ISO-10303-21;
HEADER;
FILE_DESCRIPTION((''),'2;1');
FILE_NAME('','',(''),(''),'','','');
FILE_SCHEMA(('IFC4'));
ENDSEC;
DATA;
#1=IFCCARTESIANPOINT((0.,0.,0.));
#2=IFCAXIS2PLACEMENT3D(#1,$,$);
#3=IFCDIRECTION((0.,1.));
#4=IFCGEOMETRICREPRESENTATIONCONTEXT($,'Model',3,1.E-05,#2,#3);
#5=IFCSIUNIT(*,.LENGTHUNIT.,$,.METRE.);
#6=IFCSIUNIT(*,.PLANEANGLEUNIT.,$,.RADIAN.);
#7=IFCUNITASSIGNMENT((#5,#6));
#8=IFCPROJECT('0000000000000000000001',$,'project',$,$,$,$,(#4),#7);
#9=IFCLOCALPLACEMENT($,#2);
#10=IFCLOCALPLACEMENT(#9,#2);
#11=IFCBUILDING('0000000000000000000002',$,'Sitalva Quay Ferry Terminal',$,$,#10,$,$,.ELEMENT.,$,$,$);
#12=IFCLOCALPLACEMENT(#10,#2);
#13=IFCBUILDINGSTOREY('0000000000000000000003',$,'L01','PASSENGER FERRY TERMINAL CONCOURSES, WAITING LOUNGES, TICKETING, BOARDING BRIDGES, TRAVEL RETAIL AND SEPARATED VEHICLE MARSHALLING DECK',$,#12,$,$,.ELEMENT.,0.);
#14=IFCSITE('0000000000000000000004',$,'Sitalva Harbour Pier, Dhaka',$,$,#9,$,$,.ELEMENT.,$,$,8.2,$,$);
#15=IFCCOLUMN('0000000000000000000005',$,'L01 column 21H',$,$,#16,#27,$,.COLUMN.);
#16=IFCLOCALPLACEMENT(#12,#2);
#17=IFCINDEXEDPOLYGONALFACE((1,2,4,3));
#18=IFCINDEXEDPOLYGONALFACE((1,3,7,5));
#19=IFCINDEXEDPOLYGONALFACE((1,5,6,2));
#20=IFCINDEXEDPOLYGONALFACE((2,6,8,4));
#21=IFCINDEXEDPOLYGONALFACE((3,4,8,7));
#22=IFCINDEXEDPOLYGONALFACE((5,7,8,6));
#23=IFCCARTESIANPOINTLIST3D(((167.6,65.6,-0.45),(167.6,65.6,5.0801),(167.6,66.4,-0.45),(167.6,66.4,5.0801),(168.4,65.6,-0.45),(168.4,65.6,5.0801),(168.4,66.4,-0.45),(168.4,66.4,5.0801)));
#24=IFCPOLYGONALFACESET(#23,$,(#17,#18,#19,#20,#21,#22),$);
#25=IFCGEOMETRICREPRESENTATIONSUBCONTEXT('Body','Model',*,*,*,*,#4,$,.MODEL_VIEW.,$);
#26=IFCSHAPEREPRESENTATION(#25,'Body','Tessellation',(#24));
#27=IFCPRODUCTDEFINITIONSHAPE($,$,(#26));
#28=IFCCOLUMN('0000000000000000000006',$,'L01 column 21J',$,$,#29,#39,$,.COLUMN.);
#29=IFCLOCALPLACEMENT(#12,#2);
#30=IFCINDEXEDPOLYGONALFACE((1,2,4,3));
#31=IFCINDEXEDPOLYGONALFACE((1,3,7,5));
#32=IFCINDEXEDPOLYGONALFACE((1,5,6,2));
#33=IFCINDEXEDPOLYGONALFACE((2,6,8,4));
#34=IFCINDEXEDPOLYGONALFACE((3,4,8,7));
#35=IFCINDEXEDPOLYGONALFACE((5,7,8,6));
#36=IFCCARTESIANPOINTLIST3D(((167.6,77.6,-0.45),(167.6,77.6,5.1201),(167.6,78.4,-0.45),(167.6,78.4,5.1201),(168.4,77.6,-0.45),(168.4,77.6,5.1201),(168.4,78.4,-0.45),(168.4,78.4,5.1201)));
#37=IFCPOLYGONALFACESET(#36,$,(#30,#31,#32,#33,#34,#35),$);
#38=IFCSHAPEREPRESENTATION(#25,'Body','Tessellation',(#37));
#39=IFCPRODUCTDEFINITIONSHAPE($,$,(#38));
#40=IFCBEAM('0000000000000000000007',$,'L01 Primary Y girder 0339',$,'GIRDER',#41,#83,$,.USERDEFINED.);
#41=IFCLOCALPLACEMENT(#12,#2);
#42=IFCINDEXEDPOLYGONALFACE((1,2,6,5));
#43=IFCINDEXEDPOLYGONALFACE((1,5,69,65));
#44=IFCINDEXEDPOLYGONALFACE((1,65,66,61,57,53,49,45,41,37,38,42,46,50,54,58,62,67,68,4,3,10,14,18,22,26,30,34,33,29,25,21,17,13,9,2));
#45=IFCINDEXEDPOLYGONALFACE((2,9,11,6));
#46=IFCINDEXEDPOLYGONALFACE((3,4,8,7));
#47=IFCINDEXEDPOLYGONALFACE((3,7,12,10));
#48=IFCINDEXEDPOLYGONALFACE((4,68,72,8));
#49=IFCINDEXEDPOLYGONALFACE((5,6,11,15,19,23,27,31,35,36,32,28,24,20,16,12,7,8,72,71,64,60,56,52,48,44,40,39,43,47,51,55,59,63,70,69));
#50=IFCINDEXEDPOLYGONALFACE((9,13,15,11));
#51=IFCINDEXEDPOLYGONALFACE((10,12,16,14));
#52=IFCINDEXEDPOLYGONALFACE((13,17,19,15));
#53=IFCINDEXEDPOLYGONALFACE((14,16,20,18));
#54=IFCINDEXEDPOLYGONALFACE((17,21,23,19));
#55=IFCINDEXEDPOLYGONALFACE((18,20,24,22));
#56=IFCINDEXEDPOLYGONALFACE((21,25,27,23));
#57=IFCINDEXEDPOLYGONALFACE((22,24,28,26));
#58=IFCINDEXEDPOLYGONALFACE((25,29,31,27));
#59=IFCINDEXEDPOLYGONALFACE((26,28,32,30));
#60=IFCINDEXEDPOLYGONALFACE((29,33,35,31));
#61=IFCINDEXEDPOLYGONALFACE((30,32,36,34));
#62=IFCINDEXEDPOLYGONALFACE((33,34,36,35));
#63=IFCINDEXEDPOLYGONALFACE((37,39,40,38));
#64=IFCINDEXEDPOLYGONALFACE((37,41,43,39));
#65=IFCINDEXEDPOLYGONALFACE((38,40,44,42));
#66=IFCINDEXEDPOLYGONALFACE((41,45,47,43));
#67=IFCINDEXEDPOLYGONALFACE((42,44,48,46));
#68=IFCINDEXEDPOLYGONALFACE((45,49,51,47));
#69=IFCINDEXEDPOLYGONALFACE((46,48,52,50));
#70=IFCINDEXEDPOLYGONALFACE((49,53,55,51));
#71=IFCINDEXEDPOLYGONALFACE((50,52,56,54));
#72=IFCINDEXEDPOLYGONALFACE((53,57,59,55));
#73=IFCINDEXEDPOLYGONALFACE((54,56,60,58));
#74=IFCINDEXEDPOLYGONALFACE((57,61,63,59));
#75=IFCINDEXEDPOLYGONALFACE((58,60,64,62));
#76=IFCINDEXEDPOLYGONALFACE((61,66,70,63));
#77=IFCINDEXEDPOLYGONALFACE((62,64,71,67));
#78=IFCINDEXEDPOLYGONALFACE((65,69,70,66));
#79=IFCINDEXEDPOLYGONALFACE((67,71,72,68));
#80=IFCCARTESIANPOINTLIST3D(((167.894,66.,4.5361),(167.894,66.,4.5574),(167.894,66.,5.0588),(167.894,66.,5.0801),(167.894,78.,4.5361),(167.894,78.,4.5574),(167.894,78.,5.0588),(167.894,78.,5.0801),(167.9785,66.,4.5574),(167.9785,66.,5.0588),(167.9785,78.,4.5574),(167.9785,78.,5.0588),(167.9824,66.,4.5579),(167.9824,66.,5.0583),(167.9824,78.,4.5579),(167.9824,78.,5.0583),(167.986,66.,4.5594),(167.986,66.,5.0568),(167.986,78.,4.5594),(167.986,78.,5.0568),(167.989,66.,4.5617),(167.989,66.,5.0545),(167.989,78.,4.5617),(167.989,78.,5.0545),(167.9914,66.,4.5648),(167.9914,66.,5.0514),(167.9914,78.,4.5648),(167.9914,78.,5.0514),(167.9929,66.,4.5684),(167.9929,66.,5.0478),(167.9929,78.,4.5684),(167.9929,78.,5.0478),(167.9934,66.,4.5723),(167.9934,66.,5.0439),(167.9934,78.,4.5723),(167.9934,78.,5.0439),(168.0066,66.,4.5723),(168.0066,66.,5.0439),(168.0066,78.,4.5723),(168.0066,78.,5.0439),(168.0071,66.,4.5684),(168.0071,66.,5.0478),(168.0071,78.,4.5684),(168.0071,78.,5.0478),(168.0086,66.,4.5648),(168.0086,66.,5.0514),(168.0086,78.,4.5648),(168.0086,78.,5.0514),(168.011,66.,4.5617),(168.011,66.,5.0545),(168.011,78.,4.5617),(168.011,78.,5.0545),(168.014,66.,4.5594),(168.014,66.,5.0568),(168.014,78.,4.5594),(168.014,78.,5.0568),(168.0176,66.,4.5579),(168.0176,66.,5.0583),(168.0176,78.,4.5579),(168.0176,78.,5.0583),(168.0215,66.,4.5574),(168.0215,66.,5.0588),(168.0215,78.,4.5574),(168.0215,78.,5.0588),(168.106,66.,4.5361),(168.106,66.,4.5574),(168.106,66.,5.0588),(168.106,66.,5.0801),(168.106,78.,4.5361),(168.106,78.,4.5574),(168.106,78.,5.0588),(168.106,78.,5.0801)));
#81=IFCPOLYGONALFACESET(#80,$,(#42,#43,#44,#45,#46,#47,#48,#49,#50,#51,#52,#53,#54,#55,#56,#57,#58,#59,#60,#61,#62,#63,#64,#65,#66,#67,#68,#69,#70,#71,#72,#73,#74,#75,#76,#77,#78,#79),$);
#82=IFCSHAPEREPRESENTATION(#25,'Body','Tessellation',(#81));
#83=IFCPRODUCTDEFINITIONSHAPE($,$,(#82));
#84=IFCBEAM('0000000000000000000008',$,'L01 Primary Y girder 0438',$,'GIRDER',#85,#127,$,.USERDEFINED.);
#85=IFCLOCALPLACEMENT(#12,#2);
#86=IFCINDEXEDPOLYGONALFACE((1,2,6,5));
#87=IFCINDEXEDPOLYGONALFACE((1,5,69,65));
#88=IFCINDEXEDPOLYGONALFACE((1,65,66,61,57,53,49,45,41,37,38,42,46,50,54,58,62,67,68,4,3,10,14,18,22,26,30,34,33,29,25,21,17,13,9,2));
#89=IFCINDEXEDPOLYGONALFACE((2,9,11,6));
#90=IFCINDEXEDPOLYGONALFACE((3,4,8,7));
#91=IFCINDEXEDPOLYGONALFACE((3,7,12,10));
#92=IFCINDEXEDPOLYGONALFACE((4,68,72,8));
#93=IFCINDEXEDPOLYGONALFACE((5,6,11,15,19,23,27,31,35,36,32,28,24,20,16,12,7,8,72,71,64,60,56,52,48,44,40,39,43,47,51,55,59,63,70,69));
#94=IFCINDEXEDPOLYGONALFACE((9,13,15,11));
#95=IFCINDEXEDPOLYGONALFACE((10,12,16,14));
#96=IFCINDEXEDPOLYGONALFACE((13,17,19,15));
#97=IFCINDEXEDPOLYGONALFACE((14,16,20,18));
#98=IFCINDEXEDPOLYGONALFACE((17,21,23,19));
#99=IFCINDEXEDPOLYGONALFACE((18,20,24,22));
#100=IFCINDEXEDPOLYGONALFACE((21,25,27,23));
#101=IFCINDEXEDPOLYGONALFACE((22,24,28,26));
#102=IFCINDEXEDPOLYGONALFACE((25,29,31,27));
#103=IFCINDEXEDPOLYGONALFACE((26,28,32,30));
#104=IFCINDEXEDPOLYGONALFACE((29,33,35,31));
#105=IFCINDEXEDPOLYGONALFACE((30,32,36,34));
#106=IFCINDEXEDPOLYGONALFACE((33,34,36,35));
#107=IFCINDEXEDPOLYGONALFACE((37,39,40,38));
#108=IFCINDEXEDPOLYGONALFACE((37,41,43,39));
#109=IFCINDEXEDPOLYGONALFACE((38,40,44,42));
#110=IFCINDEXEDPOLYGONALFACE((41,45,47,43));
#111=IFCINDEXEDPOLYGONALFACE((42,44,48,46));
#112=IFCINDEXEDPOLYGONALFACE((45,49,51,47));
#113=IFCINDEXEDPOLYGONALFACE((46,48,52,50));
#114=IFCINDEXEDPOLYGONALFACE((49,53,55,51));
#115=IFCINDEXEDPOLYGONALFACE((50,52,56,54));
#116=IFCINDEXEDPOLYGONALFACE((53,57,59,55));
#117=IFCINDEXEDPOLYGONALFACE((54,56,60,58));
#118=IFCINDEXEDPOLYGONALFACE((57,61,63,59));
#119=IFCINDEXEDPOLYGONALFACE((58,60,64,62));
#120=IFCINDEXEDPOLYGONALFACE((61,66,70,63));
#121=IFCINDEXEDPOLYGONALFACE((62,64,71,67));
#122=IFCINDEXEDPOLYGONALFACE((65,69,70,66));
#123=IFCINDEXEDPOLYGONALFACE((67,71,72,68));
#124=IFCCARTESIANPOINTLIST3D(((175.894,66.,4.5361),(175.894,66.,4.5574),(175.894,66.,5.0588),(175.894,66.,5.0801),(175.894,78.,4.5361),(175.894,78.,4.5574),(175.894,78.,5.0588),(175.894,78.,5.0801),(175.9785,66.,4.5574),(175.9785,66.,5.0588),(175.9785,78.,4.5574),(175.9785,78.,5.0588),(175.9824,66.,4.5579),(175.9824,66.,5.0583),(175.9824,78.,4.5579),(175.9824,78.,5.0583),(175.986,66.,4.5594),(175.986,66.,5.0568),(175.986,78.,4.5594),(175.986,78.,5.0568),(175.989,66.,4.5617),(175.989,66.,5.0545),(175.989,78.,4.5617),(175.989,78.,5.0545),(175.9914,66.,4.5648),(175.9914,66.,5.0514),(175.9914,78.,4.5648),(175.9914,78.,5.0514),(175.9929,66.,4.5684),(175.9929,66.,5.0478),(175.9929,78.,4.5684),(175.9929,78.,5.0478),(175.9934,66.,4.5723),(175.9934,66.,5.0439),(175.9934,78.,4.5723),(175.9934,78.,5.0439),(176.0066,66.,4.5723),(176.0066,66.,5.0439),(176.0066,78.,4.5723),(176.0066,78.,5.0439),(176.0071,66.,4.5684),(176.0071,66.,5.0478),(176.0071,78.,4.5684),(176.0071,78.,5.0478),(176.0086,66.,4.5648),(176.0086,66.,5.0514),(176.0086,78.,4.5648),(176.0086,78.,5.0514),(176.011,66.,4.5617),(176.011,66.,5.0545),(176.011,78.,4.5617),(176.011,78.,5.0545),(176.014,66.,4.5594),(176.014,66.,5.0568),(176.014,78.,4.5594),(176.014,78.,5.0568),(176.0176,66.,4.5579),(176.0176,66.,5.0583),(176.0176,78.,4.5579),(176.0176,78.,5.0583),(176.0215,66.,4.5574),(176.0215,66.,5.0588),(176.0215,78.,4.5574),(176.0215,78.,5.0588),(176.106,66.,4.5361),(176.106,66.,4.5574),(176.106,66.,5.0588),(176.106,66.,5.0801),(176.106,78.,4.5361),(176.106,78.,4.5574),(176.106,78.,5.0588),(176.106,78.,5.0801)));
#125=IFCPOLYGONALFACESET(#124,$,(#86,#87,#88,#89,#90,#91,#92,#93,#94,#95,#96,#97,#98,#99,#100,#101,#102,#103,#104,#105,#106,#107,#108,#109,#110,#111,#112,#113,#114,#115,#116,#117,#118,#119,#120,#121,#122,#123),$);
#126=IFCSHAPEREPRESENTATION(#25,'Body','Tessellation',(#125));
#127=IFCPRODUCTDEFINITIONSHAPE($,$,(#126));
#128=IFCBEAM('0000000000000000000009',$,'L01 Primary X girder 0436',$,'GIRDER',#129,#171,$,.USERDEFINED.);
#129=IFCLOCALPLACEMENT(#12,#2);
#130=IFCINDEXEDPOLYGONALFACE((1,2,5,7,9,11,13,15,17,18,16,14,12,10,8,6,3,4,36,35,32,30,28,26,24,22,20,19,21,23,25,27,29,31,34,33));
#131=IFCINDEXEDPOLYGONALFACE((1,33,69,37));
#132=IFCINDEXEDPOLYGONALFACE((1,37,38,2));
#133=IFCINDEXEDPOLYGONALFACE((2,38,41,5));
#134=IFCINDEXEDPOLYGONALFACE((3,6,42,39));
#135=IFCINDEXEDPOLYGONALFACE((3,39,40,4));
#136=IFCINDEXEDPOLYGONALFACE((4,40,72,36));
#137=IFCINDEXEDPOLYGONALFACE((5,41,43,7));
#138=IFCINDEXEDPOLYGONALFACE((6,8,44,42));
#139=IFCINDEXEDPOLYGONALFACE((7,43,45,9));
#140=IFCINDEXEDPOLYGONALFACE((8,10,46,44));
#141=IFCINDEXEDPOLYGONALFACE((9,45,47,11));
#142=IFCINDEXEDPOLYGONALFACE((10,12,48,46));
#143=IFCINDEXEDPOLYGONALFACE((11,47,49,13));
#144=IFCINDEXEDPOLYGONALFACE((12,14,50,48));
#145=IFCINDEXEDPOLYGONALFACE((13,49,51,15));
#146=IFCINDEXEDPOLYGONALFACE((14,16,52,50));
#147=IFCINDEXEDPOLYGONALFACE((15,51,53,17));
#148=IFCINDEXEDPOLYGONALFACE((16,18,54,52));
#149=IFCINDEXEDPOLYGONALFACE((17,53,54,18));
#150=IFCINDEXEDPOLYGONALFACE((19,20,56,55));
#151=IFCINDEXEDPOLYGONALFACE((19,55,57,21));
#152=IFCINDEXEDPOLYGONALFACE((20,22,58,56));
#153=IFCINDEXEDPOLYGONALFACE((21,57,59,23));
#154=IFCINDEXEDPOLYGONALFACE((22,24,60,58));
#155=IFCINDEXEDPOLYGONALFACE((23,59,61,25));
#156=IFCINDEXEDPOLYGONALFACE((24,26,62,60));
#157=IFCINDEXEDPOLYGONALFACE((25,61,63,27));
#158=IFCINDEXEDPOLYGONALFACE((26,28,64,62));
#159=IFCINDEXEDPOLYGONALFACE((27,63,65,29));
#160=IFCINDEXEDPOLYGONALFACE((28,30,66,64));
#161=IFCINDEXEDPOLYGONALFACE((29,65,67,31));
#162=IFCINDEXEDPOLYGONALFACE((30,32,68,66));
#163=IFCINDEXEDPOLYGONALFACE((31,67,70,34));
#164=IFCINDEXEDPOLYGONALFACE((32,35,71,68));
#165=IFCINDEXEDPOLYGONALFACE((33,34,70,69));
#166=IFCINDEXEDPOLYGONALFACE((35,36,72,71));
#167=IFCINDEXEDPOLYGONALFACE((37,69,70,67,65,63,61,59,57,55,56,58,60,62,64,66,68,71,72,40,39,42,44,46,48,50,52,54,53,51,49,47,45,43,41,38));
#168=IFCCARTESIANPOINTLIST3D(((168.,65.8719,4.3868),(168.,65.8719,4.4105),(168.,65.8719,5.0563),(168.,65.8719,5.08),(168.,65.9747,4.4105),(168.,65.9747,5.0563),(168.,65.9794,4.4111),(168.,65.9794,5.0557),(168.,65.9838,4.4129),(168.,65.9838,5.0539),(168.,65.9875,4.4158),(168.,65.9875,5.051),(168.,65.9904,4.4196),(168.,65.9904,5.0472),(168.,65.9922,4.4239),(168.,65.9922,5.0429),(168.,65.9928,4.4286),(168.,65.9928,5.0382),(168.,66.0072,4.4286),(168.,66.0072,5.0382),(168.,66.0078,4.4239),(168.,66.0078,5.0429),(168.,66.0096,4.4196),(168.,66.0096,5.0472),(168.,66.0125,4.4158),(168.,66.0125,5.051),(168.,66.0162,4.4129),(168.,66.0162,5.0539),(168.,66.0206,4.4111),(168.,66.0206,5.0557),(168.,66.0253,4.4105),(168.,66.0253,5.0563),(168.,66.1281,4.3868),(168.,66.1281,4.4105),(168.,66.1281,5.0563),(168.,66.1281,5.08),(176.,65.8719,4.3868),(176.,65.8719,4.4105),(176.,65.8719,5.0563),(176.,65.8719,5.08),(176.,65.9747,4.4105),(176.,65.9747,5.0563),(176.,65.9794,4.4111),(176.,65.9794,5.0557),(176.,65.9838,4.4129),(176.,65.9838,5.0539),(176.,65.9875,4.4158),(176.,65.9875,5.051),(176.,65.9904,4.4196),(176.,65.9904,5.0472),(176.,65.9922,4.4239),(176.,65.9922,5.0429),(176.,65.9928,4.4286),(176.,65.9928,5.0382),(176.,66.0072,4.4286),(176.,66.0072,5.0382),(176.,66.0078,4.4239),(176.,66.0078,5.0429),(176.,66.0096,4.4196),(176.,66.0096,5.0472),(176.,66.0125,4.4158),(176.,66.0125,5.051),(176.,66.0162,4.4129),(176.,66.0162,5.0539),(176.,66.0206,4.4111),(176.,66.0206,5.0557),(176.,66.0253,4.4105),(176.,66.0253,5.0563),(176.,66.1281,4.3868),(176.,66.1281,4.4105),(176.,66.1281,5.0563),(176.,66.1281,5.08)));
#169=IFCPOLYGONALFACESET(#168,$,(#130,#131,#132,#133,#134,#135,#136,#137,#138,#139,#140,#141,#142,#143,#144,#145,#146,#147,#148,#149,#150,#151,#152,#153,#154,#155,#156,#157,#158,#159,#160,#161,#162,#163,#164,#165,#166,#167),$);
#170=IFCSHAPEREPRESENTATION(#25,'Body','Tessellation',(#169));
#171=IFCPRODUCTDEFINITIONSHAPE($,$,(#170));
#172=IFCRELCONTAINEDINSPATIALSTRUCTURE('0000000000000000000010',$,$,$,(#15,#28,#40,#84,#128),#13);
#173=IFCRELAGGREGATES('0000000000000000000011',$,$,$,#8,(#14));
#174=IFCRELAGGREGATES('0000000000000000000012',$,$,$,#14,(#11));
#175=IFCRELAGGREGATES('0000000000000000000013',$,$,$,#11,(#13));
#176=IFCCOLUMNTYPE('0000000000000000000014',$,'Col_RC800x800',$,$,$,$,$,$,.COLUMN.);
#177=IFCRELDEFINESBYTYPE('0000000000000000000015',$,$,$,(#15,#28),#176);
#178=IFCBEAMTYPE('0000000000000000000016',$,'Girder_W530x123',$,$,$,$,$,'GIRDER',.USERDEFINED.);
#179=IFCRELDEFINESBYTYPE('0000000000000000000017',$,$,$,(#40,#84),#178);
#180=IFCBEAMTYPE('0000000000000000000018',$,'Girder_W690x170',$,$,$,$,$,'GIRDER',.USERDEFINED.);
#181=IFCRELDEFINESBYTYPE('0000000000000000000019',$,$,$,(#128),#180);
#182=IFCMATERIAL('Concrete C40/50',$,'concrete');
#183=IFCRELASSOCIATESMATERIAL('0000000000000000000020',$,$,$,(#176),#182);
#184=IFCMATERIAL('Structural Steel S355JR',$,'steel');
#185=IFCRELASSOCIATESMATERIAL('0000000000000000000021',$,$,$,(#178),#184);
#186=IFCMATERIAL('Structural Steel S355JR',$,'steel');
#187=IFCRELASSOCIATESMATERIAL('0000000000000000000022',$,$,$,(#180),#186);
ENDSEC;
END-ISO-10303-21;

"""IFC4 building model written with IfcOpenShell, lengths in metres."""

from ifc_helpers import new_model, si_unit, direction, frame, origin, origin_2d, place, context, subcontext, project, spatial, rectangle, i_section, extrude, material, material_profile, profile_set, type_object, element, save


model = new_model("IFC4")

# Units and contexts
model_context = context("Model", 3, precision=1e-05, world=origin(), true_north=direction((0.0, 1.0)))
body_context = subcontext(model_context, "Body", "Model", "MODEL_VIEW")
ifc_project = project(units=[si_unit("LENGTHUNIT", "METRE"), si_unit("PLANEANGLEUNIT", "RADIAN")], contexts=[model_context])

# Site, building, storey
site_placement = place(None, origin())
site = spatial("IfcSite", under=ifc_project, at=site_placement, Name="Sitalva Harbour Pier, Dhaka", CompositionType="ELEMENT", RefElevation=8.2)
building_placement = place(site_placement, origin())
building = spatial("IfcBuilding", under=site, at=building_placement, Name="Sitalva Quay Ferry Terminal", CompositionType="ELEMENT")
storey_placement = place(building_placement, origin())
storey = spatial("IfcBuildingStorey", under=building, at=storey_placement, Name="L01", Description="PASSENGER FERRY TERMINAL CONCOURSES, WAITING LOUNGES, TICKETING, BOARDING BRIDGES, TRAVEL RETAIL AND SEPARATED VEHICLE MARSHALLING DECK", CompositionType="ELEMENT", Elevation=0.0)

# Columns
ifc_material_1 = material(Name="Concrete C40/50", Category="concrete")
ifc_material_profile_1 = material_profile(ifc_material_1, rectangle(XDim=0.8, YDim=0.8, at=origin_2d()), Name="RC800x800")
ifc_profile_set_1 = profile_set([ifc_material_profile_1], Name="Concrete C40/50")
column_type_1 = type_object("IfcColumnType", Name="Col_RC800x800", PredefinedType="COLUMN", material=ifc_profile_set_1)
column_1_placement = place(storey_placement, frame((168.0, 66.0, -0.45), z_axis=(0.0, 0.0, 1.0), x_axis=(1.0, 0.0, 0.0)))
element("IfcColumn", 1, at=column_1_placement, inside=storey, type_object=column_type_1, Name="L01 column 21H", PredefinedType="COLUMN", context=body_context, shape_type="SweptSolid", body=[
    extrude(rectangle(XDim=0.8, YDim=0.8, at=origin_2d()), origin(), (0.0, 0.0, 1.0), 5.53),
])
column_2_placement = place(storey_placement, frame((168.0, 78.0, -0.45), z_axis=(0.0, 0.0, 1.0), x_axis=(1.0, 0.0, 0.0)))
element("IfcColumn", 2, at=column_2_placement, inside=storey, type_object=column_type_1, Name="L01 column 21J", PredefinedType="COLUMN", context=body_context, shape_type="SweptSolid", body=[
    extrude(rectangle(XDim=0.8, YDim=0.8, at=origin_2d()), origin(), (0.0, 0.0, 1.0), 5.5701),
])

# Beams
ifc_material_2 = material(Name="Structural Steel S355JR", Category="steel")
ifc_material_profile_2 = material_profile(ifc_material_2, i_section(OverallWidth=0.2119, OverallDepth=0.5439, WebThickness=0.0132, FlangeThickness=0.0212, FilletRadius=0.0149, at=origin_2d()), Name="W530x123")
ifc_profile_set_2 = profile_set([ifc_material_profile_2], Name="Structural Steel S355JR")
beam_type_1 = type_object("IfcBeamType", Name="Girder_W530x123", ElementType="GIRDER", PredefinedType="USERDEFINED", material=ifc_profile_set_2)
for number, where, z_axis, x_axis, name in (
    (3, (168.0, 66.0, 4.8081), (0.0, 1.0, 0.0), (-1.0, 0.0, 0.0), "L01 Primary Y girder 0339"),
    (4, (176.0, 66.0, 4.8081), (0.0, 1.0, 0.0), (-1.0, 0.0, 0.0), "L01 Primary Y girder 0438"),
):
    element("IfcBeam", number, at=place(storey_placement, frame(where, z_axis=z_axis, x_axis=x_axis)), inside=storey, type_object=beam_type_1, Name=name, ObjectType="GIRDER", PredefinedType="USERDEFINED", context=body_context, shape_type="SweptSolid", body=[
        extrude(i_section(OverallWidth=0.2119, OverallDepth=0.5439, WebThickness=0.0132, FlangeThickness=0.0212, FilletRadius=0.0149, at=origin_2d()), origin(), (0.0, 0.0, 1.0), 12.0),
    ])
ifc_material_3 = material(Name="Structural Steel S355JR", Category="steel")
ifc_material_profile_3 = material_profile(ifc_material_3, i_section(OverallWidth=0.2561, OverallDepth=0.6931, WebThickness=0.0144, FlangeThickness=0.0237, FilletRadius=0.0181, at=origin_2d()), Name="W690x170")
ifc_profile_set_3 = profile_set([ifc_material_profile_3], Name="Structural Steel S355JR")
beam_type_2 = type_object("IfcBeamType", Name="Girder_W690x170", ElementType="GIRDER", PredefinedType="USERDEFINED", material=ifc_profile_set_3)
for number, where, z_axis, x_axis, name in (
    (5, (168.0, 66.0, 4.7334), (1.0, 0.0, 0.0), (0.0, 1.0, 0.0), "L01 Primary X girder 0436"),
):
    element("IfcBeam", number, at=place(storey_placement, frame(where, z_axis=z_axis, x_axis=x_axis)), inside=storey, type_object=beam_type_2, Name=name, ObjectType="GIRDER", PredefinedType="USERDEFINED", context=body_context, shape_type="SweptSolid", body=[
        extrude(i_section(OverallWidth=0.2561, OverallDepth=0.6931, WebThickness=0.0144, FlangeThickness=0.0237, FilletRadius=0.0181, at=origin_2d()), origin(), (0.0, 0.0, 1.0), 8.0),
    ])

save(model, "model.ifc")
